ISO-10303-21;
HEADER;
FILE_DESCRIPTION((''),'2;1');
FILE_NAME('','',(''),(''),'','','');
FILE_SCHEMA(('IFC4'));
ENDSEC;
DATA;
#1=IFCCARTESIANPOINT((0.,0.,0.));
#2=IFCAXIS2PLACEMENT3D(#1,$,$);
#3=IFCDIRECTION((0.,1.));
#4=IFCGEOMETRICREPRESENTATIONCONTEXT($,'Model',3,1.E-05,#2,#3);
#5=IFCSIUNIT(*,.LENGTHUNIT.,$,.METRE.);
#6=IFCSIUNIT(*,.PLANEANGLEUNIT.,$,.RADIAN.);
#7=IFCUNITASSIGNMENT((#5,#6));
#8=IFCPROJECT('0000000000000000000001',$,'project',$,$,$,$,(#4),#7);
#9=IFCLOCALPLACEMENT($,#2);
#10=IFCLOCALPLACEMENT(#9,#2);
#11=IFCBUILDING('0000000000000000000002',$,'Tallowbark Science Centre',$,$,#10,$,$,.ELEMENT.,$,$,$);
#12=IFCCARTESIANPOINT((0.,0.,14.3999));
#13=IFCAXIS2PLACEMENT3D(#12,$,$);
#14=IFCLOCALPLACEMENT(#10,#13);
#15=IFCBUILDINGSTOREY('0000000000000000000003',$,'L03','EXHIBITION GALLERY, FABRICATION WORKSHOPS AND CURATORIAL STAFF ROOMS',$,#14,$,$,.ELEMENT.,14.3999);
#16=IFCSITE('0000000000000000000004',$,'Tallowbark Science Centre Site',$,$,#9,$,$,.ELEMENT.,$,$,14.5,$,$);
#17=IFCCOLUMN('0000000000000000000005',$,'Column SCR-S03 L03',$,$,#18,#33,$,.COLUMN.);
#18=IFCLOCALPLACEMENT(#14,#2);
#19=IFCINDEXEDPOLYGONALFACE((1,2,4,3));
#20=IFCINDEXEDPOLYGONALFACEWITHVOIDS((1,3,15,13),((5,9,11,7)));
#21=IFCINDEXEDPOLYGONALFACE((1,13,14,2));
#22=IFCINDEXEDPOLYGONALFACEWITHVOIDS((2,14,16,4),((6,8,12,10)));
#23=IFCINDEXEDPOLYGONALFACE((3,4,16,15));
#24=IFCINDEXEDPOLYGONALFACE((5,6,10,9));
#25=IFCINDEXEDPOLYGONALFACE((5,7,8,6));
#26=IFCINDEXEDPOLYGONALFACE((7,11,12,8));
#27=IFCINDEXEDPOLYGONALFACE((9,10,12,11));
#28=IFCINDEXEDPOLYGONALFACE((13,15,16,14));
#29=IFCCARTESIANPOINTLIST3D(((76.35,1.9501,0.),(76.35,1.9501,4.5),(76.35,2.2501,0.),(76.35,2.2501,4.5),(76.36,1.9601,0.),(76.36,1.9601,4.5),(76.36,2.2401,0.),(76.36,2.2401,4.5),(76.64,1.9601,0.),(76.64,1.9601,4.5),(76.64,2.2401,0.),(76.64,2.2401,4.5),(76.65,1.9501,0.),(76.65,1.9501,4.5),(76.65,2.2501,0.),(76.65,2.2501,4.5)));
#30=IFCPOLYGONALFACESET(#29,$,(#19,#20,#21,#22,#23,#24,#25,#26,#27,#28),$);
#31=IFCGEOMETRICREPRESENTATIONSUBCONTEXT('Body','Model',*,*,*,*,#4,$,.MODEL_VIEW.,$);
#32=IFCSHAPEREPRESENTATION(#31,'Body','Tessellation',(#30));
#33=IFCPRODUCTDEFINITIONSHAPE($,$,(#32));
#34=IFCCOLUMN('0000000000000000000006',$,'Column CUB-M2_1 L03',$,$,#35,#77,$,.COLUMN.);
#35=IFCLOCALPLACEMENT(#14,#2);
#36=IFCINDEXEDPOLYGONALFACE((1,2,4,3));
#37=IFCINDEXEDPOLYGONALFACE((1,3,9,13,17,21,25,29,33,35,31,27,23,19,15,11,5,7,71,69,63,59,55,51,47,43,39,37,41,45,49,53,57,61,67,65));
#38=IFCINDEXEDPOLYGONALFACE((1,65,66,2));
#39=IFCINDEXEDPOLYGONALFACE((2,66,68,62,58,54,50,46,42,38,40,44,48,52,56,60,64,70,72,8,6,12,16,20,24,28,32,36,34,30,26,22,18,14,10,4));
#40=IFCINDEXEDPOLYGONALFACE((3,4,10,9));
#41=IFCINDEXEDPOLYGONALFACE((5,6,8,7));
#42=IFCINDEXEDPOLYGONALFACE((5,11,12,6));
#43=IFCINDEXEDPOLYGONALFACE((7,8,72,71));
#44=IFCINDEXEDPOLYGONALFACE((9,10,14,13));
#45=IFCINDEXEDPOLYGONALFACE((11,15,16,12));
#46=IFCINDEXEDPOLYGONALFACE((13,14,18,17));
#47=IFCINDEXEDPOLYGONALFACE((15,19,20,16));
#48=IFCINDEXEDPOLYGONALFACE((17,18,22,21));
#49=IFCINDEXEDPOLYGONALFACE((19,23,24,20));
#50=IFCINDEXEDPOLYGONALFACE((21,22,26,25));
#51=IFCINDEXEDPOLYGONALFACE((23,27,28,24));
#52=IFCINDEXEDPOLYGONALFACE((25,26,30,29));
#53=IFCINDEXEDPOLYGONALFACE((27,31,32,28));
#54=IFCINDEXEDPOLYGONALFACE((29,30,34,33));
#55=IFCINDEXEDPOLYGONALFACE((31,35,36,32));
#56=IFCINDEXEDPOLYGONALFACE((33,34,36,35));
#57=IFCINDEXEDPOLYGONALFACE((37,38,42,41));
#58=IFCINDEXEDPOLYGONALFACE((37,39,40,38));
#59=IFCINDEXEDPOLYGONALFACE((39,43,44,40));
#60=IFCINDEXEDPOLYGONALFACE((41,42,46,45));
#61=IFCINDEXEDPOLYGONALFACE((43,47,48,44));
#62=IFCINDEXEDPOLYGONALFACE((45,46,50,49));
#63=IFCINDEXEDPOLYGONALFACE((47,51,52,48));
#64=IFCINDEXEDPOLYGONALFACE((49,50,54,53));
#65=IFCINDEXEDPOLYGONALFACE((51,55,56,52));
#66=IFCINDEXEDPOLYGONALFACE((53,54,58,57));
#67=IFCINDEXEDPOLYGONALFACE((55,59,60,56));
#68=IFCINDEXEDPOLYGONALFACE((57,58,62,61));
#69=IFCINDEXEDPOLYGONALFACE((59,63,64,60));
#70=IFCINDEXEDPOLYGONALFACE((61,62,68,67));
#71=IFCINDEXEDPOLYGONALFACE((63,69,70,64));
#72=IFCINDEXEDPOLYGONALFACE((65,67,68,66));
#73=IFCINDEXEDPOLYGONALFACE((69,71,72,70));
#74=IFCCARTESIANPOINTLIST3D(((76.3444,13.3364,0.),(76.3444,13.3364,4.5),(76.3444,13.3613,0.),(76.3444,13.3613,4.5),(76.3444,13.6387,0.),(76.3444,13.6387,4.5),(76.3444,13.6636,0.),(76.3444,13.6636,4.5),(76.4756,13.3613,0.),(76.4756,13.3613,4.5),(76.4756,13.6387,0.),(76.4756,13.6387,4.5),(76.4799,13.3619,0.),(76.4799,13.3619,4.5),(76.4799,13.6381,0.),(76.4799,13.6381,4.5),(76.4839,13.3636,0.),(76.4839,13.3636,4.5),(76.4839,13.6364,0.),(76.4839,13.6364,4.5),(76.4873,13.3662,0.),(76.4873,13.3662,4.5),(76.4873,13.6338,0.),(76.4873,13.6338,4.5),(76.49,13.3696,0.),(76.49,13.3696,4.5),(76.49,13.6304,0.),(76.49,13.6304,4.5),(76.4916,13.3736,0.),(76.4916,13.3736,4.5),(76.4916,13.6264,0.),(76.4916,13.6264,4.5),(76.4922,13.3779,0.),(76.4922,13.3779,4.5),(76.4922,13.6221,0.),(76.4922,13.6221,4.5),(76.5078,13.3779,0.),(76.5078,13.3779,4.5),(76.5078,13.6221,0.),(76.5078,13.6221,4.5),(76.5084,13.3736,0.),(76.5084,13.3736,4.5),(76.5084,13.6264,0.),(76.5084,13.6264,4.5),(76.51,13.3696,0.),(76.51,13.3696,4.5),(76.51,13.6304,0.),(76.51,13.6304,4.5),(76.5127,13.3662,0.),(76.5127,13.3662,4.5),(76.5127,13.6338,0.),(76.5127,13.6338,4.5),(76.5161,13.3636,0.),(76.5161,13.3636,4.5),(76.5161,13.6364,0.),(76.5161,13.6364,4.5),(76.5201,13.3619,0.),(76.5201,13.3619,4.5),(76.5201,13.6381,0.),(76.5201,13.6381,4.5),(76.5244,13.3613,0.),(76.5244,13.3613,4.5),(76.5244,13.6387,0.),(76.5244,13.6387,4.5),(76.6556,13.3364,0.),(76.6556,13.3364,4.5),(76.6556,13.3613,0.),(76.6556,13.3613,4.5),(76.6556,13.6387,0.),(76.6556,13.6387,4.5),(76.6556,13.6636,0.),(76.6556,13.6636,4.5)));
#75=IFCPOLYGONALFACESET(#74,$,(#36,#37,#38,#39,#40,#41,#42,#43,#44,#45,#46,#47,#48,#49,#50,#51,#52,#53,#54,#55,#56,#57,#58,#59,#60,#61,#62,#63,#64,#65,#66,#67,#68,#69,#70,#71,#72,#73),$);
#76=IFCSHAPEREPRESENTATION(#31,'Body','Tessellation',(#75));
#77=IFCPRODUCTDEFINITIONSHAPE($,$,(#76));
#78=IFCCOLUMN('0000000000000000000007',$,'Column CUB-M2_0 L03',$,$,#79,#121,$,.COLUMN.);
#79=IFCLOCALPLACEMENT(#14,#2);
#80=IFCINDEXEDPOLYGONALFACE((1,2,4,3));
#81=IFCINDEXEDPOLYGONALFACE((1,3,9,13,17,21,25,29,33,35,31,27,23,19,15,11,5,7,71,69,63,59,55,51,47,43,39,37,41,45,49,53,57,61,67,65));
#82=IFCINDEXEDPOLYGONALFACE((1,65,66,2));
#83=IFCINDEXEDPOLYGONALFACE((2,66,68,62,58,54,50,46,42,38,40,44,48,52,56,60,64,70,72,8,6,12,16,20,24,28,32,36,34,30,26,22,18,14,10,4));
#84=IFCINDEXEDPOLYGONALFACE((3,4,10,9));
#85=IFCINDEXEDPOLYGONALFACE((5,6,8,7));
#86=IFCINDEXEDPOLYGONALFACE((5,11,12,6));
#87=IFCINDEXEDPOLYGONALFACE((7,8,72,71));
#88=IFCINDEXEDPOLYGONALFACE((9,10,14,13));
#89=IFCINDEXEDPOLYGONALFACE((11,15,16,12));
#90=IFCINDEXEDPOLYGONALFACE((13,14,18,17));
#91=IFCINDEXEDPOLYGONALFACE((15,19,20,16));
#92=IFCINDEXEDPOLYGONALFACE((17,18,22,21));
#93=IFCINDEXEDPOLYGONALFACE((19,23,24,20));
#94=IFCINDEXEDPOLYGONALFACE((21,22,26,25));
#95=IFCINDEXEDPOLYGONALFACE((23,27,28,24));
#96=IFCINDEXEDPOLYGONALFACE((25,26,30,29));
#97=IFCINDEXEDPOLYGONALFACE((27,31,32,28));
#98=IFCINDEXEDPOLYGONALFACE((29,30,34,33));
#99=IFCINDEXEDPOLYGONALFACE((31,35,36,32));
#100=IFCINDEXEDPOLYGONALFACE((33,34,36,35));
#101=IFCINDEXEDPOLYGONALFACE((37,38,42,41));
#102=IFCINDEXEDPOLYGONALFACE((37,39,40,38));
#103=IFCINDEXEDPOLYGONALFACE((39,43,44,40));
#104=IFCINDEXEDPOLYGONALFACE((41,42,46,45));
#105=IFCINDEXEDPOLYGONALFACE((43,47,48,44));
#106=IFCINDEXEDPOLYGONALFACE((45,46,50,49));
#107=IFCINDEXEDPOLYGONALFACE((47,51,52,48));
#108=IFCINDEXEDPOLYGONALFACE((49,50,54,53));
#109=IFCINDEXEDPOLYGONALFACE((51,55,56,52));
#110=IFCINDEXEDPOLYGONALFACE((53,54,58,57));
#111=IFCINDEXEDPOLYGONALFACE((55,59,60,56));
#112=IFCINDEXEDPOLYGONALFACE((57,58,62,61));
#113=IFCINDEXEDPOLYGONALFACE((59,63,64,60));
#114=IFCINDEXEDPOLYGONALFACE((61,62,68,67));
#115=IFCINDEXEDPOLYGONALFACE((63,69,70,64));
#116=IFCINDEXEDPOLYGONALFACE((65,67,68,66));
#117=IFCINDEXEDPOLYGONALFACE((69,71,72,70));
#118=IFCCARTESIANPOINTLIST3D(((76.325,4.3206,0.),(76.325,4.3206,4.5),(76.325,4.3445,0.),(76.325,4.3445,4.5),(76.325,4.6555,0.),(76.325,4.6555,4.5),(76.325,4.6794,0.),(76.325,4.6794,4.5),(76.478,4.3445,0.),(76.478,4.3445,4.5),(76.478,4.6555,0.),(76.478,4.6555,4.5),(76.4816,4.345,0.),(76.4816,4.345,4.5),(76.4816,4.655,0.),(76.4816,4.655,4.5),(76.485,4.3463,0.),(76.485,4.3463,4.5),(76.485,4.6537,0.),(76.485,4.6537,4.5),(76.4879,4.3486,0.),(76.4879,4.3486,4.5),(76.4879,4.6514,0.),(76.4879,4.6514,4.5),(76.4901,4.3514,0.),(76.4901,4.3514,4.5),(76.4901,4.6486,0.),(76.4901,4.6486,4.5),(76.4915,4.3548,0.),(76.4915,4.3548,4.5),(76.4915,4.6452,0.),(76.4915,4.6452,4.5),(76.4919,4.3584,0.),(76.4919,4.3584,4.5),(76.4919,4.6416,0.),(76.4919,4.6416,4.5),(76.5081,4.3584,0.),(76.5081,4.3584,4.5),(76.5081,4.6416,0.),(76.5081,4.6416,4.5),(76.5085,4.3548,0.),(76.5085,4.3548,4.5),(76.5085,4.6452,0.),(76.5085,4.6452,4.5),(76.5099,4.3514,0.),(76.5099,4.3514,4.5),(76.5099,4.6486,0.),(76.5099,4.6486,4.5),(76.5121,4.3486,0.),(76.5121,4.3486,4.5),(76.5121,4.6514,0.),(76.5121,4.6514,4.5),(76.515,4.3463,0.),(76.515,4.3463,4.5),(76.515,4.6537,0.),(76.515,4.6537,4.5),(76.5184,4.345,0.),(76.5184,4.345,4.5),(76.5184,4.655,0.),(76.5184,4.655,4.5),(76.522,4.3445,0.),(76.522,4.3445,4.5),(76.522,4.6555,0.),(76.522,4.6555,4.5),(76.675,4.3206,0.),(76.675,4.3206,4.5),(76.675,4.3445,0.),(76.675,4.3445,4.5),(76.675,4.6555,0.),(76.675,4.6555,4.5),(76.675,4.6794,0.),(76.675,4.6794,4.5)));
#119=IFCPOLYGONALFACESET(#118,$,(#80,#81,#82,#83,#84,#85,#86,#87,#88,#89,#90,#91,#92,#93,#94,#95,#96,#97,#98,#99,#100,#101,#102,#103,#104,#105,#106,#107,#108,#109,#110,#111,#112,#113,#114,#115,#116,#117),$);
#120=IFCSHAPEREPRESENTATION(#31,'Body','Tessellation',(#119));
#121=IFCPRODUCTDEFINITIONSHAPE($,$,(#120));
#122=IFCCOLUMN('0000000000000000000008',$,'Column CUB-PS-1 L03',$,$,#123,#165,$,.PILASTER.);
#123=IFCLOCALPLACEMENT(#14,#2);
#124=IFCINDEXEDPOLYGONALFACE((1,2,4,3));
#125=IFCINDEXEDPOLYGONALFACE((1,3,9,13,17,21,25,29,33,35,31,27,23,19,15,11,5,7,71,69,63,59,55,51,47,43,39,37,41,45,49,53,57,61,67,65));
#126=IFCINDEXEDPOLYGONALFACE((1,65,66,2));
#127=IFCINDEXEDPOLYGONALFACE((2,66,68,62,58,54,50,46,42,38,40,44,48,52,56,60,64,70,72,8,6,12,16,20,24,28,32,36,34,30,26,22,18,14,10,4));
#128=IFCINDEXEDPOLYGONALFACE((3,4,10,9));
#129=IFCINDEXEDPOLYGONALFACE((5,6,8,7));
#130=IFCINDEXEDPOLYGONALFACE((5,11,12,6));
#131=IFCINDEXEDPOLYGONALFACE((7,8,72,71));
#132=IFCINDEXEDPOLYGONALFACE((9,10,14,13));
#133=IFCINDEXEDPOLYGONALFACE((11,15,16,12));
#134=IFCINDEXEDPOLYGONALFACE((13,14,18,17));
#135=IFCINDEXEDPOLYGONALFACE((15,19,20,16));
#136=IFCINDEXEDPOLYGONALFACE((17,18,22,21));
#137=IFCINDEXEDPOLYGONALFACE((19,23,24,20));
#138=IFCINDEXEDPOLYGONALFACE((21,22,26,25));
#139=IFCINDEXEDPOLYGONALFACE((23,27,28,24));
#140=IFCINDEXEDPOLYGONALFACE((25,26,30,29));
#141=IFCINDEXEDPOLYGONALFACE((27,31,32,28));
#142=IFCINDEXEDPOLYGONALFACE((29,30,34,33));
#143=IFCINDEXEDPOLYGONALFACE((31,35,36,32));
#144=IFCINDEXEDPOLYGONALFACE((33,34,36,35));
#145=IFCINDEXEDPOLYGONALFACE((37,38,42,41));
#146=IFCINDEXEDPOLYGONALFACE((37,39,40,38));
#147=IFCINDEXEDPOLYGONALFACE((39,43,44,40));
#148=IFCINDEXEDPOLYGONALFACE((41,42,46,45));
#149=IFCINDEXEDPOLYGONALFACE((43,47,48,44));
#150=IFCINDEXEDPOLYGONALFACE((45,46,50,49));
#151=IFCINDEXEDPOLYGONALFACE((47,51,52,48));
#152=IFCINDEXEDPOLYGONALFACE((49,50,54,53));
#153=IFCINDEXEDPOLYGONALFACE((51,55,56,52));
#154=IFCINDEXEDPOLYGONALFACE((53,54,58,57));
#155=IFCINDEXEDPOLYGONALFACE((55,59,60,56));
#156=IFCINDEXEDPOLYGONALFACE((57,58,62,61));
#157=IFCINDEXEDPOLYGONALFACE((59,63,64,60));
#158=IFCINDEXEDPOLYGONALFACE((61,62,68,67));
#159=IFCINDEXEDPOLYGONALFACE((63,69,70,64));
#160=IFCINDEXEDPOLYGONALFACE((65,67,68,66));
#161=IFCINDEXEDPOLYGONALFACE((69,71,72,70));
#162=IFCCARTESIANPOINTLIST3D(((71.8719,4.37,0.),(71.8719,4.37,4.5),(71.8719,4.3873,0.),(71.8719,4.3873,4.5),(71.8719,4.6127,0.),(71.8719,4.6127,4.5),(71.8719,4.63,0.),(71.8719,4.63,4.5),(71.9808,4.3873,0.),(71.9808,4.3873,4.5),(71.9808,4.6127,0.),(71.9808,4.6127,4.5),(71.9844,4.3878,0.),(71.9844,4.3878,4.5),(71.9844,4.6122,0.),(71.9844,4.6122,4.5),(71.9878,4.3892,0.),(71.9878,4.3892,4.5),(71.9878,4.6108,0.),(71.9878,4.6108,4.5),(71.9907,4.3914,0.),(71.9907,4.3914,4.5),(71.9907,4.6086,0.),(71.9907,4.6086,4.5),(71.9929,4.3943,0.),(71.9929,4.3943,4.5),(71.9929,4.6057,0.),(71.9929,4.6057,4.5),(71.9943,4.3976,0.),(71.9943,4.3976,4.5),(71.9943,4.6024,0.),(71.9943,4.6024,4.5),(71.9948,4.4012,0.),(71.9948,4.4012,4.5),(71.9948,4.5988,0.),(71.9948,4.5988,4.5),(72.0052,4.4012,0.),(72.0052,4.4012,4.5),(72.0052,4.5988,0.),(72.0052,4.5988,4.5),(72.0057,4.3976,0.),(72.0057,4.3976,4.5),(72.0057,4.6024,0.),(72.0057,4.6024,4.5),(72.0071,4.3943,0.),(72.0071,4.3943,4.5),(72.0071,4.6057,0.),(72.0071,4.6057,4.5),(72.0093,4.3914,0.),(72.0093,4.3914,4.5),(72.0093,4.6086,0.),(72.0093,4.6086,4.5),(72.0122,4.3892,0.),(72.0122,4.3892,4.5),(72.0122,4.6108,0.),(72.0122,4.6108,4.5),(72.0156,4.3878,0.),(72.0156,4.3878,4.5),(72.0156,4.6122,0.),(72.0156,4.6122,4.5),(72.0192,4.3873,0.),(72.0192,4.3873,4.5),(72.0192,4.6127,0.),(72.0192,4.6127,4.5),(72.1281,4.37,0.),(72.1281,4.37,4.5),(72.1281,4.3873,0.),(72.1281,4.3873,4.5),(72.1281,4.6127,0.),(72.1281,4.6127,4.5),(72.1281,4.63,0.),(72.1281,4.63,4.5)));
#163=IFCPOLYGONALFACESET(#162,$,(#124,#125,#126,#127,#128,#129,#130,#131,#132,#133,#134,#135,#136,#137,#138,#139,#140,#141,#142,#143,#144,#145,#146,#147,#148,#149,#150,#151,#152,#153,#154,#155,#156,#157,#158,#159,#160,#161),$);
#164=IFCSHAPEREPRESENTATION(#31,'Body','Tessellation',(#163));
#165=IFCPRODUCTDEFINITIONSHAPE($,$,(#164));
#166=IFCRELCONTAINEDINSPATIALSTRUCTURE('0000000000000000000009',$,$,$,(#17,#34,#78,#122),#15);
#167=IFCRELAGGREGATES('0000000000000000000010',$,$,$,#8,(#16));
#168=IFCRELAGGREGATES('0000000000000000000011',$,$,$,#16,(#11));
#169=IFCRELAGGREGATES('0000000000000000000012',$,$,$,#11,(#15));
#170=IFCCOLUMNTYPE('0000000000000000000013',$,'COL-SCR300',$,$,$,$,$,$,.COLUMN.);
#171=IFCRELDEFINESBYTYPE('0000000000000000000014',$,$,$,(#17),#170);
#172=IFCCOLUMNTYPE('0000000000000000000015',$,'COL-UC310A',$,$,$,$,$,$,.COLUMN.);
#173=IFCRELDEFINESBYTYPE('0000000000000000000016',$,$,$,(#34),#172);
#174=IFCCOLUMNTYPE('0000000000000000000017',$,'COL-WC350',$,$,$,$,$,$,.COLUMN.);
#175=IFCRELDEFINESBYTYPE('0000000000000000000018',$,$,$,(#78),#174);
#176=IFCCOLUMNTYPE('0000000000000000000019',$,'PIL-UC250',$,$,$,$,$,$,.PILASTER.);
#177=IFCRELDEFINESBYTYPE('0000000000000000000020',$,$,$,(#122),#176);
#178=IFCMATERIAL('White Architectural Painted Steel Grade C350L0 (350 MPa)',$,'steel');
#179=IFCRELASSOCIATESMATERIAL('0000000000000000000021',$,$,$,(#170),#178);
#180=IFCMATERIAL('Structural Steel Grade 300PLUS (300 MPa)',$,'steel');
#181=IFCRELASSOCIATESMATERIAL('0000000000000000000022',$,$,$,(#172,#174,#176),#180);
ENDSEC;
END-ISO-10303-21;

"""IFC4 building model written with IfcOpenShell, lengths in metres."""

from ifc_helpers import new_model, si_unit, direction, frame, origin, origin_2d, place, context, subcontext, project, spatial, hollow_rectangle, i_section, extrude, material, material_profile, profile_set, type_object, element, save


model = new_model("IFC4")

# Units and contexts
model_context = context("Model", 3, precision=1e-05, world=origin(), true_north=direction((0.0, 1.0)))
body_context = subcontext(model_context, "Body", "Model", "MODEL_VIEW")
ifc_project = project(units=[si_unit("LENGTHUNIT", "METRE"), si_unit("PLANEANGLEUNIT", "RADIAN")], contexts=[model_context])

# Site, building, storey
site_placement = place(None, origin())
site = spatial("IfcSite", under=ifc_project, at=site_placement, Name="Tallowbark Science Centre Site", CompositionType="ELEMENT", RefElevation=14.5)
building_placement = place(site_placement, origin())
building = spatial("IfcBuilding", under=site, at=building_placement, Name="Tallowbark Science Centre", CompositionType="ELEMENT")
storey_placement = place(building_placement, frame((0.0, 0.0, 14.3999)))
storey = spatial("IfcBuildingStorey", under=building, at=storey_placement, Name="L03", Description="EXHIBITION GALLERY, FABRICATION WORKSHOPS AND CURATORIAL STAFF ROOMS", CompositionType="ELEMENT", Elevation=14.3999)

# Columns
ifc_material_1 = material(Name="White Architectural Painted Steel Grade C350L0 (350 MPa)", Category="steel")
ifc_material_profile_1 = material_profile(ifc_material_1, hollow_rectangle(XDim=0.3, YDim=0.3, WallThickness=0.01, at=origin_2d()), Name="300x300x10.0SHS")
ifc_profile_set_1 = profile_set([ifc_material_profile_1], Name="White Architectural Painted Steel Grade C350L0 (350 MPa)")
column_type_1 = type_object("IfcColumnType", Name="COL-SCR300", PredefinedType="COLUMN", material=ifc_profile_set_1)
column_1_placement = place(storey_placement, frame((76.5, 2.1001, 0.0), z_axis=(0.0, 0.0, 1.0), x_axis=(1.0, 0.0, 0.0)))
element("IfcColumn", 1, at=column_1_placement, inside=storey, type_object=column_type_1, Name="Column SCR-S03 L03", PredefinedType="COLUMN", context=body_context, shape_type="SweptSolid", body=[
    extrude(hollow_rectangle(XDim=0.3, YDim=0.3, WallThickness=0.01, at=origin_2d()), origin(), (0.0, 0.0, 1.0), 4.5),
])
ifc_material_2 = material(Name="Structural Steel Grade 300PLUS (300 MPa)", Category="steel")
ifc_material_profile_2 = material_profile(ifc_material_2, i_section(OverallWidth=0.3113, OverallDepth=0.3271, WebThickness=0.0156, FlangeThickness=0.0249, FilletRadius=0.0166, at=origin_2d()), Name="310UC158")
ifc_profile_set_2 = profile_set([ifc_material_profile_2], Name="Structural Steel Grade 300PLUS (300 MPa)")
column_type_2 = type_object("IfcColumnType", Name="COL-UC310A", PredefinedType="COLUMN", material=ifc_profile_set_2)
column_2_placement = place(storey_placement, frame((76.5, 13.5, 0.0), z_axis=(0.0, 0.0, 1.0), x_axis=(1.0, 0.0, 0.0)))
element("IfcColumn", 2, at=column_2_placement, inside=storey, type_object=column_type_2, Name="Column CUB-M2_1 L03", PredefinedType="COLUMN", context=body_context, shape_type="SweptSolid", body=[
    extrude(i_section(OverallWidth=0.3113, OverallDepth=0.3271, WebThickness=0.0156, FlangeThickness=0.0249, FilletRadius=0.0166, at=origin_2d()), origin(), (0.0, 0.0, 1.0), 4.5),
])
ifc_material_profile_3 = material_profile(ifc_material_2, i_section(OverallWidth=0.3501, OverallDepth=0.3589, WebThickness=0.0161, FlangeThickness=0.0239, FilletRadius=0.0139, at=origin_2d()), Name="350WC197")
ifc_profile_set_3 = profile_set([ifc_material_profile_3], Name="Structural Steel Grade 300PLUS (300 MPa)")
column_type_3 = type_object("IfcColumnType", Name="COL-WC350", PredefinedType="COLUMN", material=ifc_profile_set_3)
column_3_placement = place(storey_placement, frame((76.5, 4.5, 0.0), z_axis=(0.0, 0.0, 1.0), x_axis=(1.0, 0.0, 0.0)))
element("IfcColumn", 3, at=column_3_placement, inside=storey, type_object=column_type_3, Name="Column CUB-M2_0 L03", PredefinedType="COLUMN", context=body_context, shape_type="SweptSolid", body=[
    extrude(i_section(OverallWidth=0.3501, OverallDepth=0.3589, WebThickness=0.0161, FlangeThickness=0.0239, FilletRadius=0.0139, at=origin_2d()), origin(), (0.0, 0.0, 1.0), 4.5),
])
ifc_material_profile_4 = material_profile(ifc_material_2, i_section(OverallWidth=0.2561, OverallDepth=0.26, WebThickness=0.0105, FlangeThickness=0.0173, FilletRadius=0.0139, at=origin_2d()), Name="250UC89.5")
ifc_profile_set_4 = profile_set([ifc_material_profile_4], Name="Structural Steel Grade 300PLUS (300 MPa)")
column_type_4 = type_object("IfcColumnType", Name="PIL-UC250", PredefinedType="PILASTER", material=ifc_profile_set_4)
column_4_placement = place(storey_placement, frame((72.0, 4.5, 0.0), z_axis=(0.0, 0.0, 1.0), x_axis=(1.0, 0.0, 0.0)))
element("IfcColumn", 4, at=column_4_placement, inside=storey, type_object=column_type_4, Name="Column CUB-PS-1 L03", PredefinedType="PILASTER", context=body_context, shape_type="SweptSolid", body=[
    extrude(i_section(OverallWidth=0.2561, OverallDepth=0.26, WebThickness=0.0105, FlangeThickness=0.0173, FilletRadius=0.0139, at=origin_2d()), origin(), (0.0, 0.0, 1.0), 4.5),
])

save(model, "model.ifc")
